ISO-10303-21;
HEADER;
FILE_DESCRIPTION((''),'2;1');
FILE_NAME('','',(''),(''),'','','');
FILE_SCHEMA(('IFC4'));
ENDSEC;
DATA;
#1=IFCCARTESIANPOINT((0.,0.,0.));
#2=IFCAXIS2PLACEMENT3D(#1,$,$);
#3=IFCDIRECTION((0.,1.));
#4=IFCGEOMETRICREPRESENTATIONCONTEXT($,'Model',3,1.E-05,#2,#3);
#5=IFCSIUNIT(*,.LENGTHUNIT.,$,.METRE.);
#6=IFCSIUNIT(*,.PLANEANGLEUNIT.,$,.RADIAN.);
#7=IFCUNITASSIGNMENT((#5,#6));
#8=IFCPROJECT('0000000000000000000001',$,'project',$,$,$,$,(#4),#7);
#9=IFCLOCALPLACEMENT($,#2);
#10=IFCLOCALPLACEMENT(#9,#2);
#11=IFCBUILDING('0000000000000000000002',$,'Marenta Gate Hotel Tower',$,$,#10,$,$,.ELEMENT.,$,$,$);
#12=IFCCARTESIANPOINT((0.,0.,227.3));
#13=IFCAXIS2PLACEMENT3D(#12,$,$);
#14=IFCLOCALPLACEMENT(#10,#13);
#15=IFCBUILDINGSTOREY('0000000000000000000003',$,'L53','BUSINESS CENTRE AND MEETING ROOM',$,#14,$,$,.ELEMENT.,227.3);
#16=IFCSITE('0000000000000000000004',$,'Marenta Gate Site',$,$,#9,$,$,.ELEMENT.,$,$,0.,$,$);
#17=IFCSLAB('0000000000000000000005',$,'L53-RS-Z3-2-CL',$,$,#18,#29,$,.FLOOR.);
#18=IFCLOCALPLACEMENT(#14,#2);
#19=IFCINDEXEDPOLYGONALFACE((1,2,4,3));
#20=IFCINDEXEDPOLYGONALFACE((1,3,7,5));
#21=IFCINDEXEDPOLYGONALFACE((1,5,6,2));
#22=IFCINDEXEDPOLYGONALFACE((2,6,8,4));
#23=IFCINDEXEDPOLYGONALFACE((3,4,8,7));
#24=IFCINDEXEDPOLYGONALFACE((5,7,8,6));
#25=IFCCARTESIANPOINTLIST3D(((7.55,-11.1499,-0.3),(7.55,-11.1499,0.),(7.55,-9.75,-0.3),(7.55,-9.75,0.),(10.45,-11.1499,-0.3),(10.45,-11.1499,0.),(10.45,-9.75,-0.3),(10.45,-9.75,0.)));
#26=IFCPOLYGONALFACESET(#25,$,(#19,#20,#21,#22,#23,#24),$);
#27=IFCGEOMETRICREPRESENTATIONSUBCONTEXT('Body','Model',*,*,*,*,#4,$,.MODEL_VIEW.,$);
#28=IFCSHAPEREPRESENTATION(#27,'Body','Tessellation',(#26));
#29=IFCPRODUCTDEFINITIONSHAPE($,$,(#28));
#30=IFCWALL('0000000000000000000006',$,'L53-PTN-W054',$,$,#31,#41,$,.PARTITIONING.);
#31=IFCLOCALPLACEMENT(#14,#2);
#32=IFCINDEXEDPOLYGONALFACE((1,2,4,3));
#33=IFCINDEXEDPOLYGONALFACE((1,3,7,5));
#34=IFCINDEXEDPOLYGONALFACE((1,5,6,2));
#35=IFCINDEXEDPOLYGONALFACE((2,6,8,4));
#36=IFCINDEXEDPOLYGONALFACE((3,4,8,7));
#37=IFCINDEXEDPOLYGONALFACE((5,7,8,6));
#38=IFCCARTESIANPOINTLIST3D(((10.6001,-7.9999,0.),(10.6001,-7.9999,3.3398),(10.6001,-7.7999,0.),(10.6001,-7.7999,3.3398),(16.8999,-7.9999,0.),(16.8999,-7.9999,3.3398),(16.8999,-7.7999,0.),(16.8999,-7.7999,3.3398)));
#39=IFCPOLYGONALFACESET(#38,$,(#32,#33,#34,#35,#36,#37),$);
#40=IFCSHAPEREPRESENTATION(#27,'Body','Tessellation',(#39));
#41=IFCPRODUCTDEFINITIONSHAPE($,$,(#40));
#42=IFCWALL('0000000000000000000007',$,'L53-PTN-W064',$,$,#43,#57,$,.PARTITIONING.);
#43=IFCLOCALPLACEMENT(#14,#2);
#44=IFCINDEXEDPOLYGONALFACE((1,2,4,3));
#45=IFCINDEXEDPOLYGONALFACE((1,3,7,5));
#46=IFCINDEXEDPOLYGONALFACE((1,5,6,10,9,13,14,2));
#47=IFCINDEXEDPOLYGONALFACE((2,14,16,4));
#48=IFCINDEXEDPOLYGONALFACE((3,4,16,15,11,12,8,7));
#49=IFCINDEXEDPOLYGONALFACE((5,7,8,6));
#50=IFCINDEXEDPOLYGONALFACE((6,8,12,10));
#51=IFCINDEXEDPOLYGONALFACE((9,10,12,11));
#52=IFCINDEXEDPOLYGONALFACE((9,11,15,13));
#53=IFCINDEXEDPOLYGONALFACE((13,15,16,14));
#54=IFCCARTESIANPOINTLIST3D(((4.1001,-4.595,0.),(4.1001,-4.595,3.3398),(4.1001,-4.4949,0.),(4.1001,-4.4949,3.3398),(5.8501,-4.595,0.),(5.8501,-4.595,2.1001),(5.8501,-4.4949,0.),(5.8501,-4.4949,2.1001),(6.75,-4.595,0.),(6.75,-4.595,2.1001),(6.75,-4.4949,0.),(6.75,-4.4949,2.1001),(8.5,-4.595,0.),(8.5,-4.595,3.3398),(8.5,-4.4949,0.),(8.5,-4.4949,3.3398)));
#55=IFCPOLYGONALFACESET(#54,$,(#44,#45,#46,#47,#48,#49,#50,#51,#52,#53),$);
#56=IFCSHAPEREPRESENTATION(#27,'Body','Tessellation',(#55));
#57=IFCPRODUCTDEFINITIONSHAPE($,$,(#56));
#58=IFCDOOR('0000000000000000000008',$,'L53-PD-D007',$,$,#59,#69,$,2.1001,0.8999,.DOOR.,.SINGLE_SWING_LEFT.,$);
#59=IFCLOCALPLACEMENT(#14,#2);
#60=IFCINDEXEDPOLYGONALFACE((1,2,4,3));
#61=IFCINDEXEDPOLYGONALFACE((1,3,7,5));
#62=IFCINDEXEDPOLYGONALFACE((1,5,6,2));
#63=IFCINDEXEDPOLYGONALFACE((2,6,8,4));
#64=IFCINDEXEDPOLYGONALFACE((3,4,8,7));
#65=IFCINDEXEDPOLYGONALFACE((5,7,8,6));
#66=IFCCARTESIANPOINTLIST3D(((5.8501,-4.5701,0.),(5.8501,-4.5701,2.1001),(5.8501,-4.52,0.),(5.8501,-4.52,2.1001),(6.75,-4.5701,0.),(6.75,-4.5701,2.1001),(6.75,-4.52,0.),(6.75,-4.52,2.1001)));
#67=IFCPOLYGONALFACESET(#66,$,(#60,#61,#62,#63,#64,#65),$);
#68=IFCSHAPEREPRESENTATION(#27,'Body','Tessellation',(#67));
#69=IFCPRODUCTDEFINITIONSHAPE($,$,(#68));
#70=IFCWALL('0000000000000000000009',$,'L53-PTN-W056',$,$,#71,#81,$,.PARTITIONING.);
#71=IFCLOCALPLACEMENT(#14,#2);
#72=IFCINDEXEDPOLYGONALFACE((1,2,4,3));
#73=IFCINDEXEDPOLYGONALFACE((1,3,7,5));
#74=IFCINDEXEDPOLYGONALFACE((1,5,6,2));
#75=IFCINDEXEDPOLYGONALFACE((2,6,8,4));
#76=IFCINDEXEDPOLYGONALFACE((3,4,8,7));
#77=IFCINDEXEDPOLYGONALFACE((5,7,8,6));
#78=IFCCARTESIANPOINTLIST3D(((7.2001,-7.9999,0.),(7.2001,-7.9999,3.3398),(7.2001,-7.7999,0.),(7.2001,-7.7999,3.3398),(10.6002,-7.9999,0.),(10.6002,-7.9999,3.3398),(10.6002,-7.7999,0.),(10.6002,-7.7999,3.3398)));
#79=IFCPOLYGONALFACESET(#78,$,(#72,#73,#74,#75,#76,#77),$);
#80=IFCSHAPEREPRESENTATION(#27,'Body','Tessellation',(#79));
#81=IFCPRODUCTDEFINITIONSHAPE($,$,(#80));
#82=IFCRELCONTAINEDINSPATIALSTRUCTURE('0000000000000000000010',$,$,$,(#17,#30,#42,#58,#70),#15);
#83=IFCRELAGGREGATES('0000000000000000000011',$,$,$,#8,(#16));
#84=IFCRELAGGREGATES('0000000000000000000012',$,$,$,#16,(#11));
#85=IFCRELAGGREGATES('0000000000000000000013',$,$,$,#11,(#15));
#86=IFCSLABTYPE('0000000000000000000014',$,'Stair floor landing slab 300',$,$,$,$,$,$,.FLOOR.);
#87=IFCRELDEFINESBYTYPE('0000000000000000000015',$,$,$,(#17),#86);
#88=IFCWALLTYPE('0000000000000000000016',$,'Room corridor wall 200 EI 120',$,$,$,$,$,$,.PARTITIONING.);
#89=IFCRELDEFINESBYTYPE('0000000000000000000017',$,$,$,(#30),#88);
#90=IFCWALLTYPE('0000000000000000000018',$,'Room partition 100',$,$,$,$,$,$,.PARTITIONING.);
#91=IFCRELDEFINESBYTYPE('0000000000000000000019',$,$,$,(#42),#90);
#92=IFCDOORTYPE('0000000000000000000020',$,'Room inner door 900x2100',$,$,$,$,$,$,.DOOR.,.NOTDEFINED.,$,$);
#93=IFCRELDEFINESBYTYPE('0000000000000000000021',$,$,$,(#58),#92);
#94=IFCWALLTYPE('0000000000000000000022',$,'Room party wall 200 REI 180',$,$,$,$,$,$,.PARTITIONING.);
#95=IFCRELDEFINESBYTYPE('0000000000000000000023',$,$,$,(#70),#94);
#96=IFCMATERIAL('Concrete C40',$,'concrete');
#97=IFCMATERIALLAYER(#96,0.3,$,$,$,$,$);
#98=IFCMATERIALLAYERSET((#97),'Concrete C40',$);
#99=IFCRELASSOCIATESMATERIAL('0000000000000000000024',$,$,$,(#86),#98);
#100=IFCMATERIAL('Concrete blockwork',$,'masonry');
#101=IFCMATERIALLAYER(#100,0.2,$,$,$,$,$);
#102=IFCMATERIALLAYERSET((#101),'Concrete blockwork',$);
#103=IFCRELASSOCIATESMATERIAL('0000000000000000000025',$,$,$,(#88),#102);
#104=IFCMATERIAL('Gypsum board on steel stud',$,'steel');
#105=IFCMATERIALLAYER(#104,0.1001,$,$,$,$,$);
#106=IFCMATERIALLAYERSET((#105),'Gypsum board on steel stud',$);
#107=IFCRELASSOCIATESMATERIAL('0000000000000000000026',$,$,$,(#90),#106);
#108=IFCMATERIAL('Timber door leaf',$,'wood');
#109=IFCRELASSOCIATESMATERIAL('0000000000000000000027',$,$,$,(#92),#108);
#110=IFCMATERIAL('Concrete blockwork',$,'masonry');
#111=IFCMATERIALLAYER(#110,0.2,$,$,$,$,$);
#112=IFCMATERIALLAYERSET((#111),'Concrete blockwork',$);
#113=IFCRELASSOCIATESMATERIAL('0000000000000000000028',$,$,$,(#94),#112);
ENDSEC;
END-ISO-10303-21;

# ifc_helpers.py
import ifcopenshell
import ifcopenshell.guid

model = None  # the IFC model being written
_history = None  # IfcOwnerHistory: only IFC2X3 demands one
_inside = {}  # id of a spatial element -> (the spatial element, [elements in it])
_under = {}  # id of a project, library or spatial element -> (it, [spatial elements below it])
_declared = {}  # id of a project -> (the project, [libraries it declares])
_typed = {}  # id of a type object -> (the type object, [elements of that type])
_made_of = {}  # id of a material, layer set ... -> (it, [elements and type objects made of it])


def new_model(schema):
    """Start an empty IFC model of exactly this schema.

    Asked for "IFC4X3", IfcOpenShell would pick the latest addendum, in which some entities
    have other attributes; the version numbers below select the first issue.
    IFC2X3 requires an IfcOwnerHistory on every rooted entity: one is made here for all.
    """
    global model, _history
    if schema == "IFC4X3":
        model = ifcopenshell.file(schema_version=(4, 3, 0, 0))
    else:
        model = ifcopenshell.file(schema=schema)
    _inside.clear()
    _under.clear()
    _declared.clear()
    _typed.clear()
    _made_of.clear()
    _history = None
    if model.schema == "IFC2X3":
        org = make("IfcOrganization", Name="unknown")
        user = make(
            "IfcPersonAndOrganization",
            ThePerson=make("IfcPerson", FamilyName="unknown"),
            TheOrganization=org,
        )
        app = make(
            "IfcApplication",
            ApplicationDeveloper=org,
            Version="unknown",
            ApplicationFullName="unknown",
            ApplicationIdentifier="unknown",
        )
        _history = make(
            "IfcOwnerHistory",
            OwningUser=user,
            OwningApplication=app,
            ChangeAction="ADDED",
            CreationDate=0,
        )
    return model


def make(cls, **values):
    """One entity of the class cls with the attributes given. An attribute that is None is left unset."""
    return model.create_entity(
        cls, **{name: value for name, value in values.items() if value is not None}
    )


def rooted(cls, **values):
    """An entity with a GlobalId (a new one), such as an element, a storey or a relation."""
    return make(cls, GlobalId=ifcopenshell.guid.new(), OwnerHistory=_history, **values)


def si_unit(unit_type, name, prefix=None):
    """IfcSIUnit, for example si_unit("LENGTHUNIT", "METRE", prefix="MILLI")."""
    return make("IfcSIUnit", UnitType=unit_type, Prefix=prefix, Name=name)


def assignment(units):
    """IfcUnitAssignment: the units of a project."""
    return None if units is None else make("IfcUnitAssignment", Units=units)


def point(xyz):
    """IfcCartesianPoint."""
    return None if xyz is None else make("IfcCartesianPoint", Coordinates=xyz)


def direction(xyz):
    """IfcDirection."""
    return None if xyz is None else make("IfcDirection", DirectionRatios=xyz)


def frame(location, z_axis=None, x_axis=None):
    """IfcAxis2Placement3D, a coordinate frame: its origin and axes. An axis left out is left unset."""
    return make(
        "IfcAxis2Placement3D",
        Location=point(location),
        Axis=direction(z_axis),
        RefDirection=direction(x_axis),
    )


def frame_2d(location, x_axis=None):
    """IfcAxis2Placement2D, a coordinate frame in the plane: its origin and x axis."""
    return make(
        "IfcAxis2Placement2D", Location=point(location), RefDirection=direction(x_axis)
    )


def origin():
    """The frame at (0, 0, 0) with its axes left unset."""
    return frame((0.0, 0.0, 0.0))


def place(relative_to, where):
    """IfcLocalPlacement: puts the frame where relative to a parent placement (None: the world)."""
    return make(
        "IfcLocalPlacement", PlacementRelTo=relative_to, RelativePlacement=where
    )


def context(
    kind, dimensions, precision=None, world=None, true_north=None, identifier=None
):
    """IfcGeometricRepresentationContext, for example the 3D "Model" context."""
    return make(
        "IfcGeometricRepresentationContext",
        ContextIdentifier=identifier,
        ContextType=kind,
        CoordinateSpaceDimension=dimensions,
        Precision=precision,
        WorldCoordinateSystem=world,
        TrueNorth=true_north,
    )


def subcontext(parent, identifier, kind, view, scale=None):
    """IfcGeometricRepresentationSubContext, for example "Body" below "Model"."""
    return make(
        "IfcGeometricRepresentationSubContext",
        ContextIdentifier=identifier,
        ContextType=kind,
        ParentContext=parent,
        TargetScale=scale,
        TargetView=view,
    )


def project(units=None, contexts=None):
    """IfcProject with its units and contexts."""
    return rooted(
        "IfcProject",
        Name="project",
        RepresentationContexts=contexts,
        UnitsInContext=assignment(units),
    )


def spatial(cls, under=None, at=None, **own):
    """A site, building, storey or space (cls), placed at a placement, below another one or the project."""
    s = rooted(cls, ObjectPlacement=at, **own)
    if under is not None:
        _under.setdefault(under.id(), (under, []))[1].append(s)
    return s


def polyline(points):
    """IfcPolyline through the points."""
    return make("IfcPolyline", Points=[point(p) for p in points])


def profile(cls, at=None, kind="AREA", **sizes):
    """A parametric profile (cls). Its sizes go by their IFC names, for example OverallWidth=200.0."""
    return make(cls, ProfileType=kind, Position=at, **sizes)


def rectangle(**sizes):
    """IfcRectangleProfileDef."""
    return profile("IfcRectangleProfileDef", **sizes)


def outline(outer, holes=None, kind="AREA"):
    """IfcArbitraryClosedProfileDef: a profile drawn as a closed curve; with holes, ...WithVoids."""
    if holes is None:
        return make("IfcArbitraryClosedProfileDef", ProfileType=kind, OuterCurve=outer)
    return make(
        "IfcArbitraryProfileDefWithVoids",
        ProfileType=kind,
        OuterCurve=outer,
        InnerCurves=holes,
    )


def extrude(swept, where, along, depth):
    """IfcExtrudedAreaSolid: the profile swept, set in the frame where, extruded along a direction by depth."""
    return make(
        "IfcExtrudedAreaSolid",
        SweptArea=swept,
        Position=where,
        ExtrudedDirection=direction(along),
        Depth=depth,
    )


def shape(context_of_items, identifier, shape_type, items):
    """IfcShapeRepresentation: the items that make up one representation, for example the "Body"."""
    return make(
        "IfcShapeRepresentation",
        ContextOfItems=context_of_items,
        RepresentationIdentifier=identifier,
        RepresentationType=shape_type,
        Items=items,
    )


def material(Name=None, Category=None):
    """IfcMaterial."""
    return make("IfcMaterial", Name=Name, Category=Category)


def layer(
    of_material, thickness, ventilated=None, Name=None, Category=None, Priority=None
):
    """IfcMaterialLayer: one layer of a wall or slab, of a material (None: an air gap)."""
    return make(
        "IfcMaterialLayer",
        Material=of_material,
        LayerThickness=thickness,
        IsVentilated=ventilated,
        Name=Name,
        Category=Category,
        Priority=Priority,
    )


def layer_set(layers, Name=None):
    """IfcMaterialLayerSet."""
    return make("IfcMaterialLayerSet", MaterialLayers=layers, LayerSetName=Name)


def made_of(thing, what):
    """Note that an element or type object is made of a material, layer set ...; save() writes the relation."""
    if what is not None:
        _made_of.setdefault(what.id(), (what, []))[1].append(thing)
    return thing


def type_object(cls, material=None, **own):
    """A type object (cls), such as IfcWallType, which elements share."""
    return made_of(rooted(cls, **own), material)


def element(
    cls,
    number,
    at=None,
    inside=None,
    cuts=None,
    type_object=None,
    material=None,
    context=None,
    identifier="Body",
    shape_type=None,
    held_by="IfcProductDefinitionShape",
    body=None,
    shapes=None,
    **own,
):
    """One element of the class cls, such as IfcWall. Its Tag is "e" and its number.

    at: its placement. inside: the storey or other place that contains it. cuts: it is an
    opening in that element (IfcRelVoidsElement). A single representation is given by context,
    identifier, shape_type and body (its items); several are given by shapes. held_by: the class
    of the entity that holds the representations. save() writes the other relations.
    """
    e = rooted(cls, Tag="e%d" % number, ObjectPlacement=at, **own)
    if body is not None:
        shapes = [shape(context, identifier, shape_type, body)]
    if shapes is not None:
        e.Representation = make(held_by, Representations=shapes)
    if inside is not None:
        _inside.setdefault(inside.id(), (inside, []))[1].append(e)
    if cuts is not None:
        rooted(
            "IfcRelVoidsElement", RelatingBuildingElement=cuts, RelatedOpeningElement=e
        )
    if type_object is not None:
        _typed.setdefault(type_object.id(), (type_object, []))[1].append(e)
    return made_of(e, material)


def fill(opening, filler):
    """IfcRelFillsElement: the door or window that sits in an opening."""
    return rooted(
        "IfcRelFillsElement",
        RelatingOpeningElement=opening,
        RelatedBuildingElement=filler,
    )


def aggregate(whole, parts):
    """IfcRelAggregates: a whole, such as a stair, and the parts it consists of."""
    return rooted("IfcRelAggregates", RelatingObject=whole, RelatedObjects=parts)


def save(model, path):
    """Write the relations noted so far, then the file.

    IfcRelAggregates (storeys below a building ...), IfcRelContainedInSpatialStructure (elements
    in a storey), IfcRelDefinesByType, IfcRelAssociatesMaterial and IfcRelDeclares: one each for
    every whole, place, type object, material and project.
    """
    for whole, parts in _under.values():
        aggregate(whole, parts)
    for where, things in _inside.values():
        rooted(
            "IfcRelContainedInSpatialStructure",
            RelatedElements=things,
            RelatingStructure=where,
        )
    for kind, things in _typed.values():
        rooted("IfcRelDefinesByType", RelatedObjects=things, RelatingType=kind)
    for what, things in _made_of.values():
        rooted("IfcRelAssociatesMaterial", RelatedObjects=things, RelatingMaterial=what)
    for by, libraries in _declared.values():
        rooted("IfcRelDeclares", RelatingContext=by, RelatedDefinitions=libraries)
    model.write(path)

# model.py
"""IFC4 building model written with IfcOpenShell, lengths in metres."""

from ifc_helpers import new_model, si_unit, direction, frame, frame_2d, origin, place, context, subcontext, project, spatial, polyline, rectangle, outline, extrude, material, layer, layer_set, type_object, element, fill, save


model = new_model("IFC4")

# Units and contexts
model_context = context("Model", 3, precision=1e-05, world=origin(), true_north=direction((0.0, 1.0)))
body_context = subcontext(model_context, "Body", "Model", "MODEL_VIEW")
ifc_project = project(units=[si_unit("LENGTHUNIT", "METRE"), si_unit("PLANEANGLEUNIT", "RADIAN")], contexts=[model_context])

# Site, building, storey
site_placement = place(None, origin())
site = spatial("IfcSite", under=ifc_project, at=site_placement, Name="Marenta Gate Site", CompositionType="ELEMENT", RefElevation=0.0)
building_placement = place(site_placement, origin())
building = spatial("IfcBuilding", under=site, at=building_placement, Name="Marenta Gate Hotel Tower", CompositionType="ELEMENT")
storey_placement = place(building_placement, frame((0.0, 0.0, 227.3)))
storey = spatial("IfcBuildingStorey", under=building, at=storey_placement, Name="L53", Description="BUSINESS CENTRE AND MEETING ROOM", CompositionType="ELEMENT", Elevation=227.3)

# Slab
ifc_material_1 = material(Name="Concrete C40", Category="concrete")
ifc_layer_1 = layer(ifc_material_1, 0.3)
ifc_layer_set_1 = layer_set([ifc_layer_1], Name="Concrete C40")
slab_type_1 = type_object("IfcSlabType", Name="Stair floor landing slab 300", PredefinedType="FLOOR", material=ifc_layer_set_1)
slab_1_placement = place(storey_placement, frame((0.0, 0.0, -0.3)))
element("IfcSlab", 1, at=slab_1_placement, inside=storey, type_object=slab_type_1, Name="L53-RS-Z3-2-CL", PredefinedType="FLOOR", context=body_context, shape_type="SweptSolid", body=[
    extrude(outline(polyline([(10.45, -11.1499), (10.45, -9.75), (7.55, -9.75), (7.55, -11.1499), (10.45, -11.1499)])), origin(), (0.0, 0.0, 1.0), 0.3),
])

# Wall
ifc_material_2 = material(Name="Concrete blockwork", Category="masonry")
ifc_layer_2 = layer(ifc_material_2, 0.2)
ifc_layer_set_2 = layer_set([ifc_layer_2], Name="Concrete blockwork")
wall_type_1 = type_object("IfcWallType", Name="Room corridor wall 200 EI 120", PredefinedType="PARTITIONING", material=ifc_layer_set_2)
wall_1_placement = place(storey_placement, frame((10.6001, -7.8999, 0.0), z_axis=(0.0, 0.0, 1.0), x_axis=(1.0, 0.0, 0.0)))
element("IfcWall", 2, at=wall_1_placement, inside=storey, type_object=wall_type_1, Name="L53-PTN-W054", PredefinedType="PARTITIONING", context=body_context, shape_type="SweptSolid", body=[
    extrude(rectangle(XDim=6.2998, YDim=0.2, at=frame_2d((3.1499, 0.0))), origin(), (0.0, 0.0, 1.0), 3.3398),
])

# Wall, opening, door
ifc_material_3 = material(Name="Gypsum board on steel stud", Category="steel")
ifc_layer_3 = layer(ifc_material_3, 0.1001)
ifc_layer_set_3 = layer_set([ifc_layer_3], Name="Gypsum board on steel stud")
wall_type_2 = type_object("IfcWallType", Name="Room partition 100", PredefinedType="PARTITIONING", material=ifc_layer_set_3)
wall_2_placement = place(storey_placement, frame((4.1001, -4.5449, 0.0), z_axis=(0.0, 0.0, 1.0), x_axis=(1.0, 0.0, 0.0)))
wall_2 = element("IfcWall", 3, at=wall_2_placement, inside=storey, type_object=wall_type_2, Name="L53-PTN-W064", PredefinedType="PARTITIONING", context=body_context, shape_type="SweptSolid", body=[
    extrude(rectangle(XDim=4.3999, YDim=0.1001, at=frame_2d((2.2, 0.0))), origin(), (0.0, 0.0, 1.0), 3.3398),
])
opening_placement = place(wall_2_placement, frame((1.75, 0.0, 0.0)))
opening = element("IfcOpeningElement", 4, at=opening_placement, cuts=wall_2, PredefinedType="OPENING", context=body_context, shape_type="SweptSolid", body=[
    extrude(rectangle(XDim=0.8999, YDim=2.1001, at=frame_2d((0.45, 1.05))), frame((0.0, 0.05, 0.0), z_axis=(0.0, -1.0, 0.0), x_axis=(1.0, 0.0, 0.0)), (0.0, 0.0, 1.0), 0.1001),
])
ifc_material_4 = material(Name="Timber door leaf", Category="wood")
door_type = type_object("IfcDoorType", Name="Room inner door 900x2100", OperationType="NOTDEFINED", PredefinedType="DOOR", material=ifc_material_4)
door_placement = place(opening_placement, origin())
door = element("IfcDoor", 5, at=door_placement, inside=storey, type_object=door_type, Name="L53-PD-D007", OperationType="SINGLE_SWING_LEFT", OverallHeight=2.1001, OverallWidth=0.8999, PredefinedType="DOOR", context=body_context, shape_type="SweptSolid", body=[
    extrude(rectangle(XDim=0.8999, YDim=2.1001, at=frame_2d((0.45, 1.05))), frame((0.0, 0.0249, 0.0), z_axis=(0.0, -1.0, 0.0), x_axis=(1.0, 0.0, 0.0)), (0.0, 0.0, 1.0), 0.05),
])
fill(opening, door)

# Wall
ifc_material_5 = material(Name="Concrete blockwork", Category="masonry")
ifc_layer_4 = layer(ifc_material_5, 0.2)
ifc_layer_set_4 = layer_set([ifc_layer_4], Name="Concrete blockwork")
wall_type_3 = type_object("IfcWallType", Name="Room party wall 200 REI 180", PredefinedType="PARTITIONING", material=ifc_layer_set_4)
wall_3_placement = place(storey_placement, frame((7.2, -7.8999, 0.0), z_axis=(0.0, 0.0, 1.0), x_axis=(1.0, 0.0, 0.0)))
element("IfcWall", 6, at=wall_3_placement, inside=storey, type_object=wall_type_3, Name="L53-PTN-W056", PredefinedType="PARTITIONING", context=body_context, shape_type="SweptSolid", body=[
    extrude(rectangle(XDim=3.4001, YDim=0.2, at=frame_2d((1.7002, 0.0))), origin(), (0.0, 0.0, 1.0), 3.3398),
])

save(model, "model.ifc")
